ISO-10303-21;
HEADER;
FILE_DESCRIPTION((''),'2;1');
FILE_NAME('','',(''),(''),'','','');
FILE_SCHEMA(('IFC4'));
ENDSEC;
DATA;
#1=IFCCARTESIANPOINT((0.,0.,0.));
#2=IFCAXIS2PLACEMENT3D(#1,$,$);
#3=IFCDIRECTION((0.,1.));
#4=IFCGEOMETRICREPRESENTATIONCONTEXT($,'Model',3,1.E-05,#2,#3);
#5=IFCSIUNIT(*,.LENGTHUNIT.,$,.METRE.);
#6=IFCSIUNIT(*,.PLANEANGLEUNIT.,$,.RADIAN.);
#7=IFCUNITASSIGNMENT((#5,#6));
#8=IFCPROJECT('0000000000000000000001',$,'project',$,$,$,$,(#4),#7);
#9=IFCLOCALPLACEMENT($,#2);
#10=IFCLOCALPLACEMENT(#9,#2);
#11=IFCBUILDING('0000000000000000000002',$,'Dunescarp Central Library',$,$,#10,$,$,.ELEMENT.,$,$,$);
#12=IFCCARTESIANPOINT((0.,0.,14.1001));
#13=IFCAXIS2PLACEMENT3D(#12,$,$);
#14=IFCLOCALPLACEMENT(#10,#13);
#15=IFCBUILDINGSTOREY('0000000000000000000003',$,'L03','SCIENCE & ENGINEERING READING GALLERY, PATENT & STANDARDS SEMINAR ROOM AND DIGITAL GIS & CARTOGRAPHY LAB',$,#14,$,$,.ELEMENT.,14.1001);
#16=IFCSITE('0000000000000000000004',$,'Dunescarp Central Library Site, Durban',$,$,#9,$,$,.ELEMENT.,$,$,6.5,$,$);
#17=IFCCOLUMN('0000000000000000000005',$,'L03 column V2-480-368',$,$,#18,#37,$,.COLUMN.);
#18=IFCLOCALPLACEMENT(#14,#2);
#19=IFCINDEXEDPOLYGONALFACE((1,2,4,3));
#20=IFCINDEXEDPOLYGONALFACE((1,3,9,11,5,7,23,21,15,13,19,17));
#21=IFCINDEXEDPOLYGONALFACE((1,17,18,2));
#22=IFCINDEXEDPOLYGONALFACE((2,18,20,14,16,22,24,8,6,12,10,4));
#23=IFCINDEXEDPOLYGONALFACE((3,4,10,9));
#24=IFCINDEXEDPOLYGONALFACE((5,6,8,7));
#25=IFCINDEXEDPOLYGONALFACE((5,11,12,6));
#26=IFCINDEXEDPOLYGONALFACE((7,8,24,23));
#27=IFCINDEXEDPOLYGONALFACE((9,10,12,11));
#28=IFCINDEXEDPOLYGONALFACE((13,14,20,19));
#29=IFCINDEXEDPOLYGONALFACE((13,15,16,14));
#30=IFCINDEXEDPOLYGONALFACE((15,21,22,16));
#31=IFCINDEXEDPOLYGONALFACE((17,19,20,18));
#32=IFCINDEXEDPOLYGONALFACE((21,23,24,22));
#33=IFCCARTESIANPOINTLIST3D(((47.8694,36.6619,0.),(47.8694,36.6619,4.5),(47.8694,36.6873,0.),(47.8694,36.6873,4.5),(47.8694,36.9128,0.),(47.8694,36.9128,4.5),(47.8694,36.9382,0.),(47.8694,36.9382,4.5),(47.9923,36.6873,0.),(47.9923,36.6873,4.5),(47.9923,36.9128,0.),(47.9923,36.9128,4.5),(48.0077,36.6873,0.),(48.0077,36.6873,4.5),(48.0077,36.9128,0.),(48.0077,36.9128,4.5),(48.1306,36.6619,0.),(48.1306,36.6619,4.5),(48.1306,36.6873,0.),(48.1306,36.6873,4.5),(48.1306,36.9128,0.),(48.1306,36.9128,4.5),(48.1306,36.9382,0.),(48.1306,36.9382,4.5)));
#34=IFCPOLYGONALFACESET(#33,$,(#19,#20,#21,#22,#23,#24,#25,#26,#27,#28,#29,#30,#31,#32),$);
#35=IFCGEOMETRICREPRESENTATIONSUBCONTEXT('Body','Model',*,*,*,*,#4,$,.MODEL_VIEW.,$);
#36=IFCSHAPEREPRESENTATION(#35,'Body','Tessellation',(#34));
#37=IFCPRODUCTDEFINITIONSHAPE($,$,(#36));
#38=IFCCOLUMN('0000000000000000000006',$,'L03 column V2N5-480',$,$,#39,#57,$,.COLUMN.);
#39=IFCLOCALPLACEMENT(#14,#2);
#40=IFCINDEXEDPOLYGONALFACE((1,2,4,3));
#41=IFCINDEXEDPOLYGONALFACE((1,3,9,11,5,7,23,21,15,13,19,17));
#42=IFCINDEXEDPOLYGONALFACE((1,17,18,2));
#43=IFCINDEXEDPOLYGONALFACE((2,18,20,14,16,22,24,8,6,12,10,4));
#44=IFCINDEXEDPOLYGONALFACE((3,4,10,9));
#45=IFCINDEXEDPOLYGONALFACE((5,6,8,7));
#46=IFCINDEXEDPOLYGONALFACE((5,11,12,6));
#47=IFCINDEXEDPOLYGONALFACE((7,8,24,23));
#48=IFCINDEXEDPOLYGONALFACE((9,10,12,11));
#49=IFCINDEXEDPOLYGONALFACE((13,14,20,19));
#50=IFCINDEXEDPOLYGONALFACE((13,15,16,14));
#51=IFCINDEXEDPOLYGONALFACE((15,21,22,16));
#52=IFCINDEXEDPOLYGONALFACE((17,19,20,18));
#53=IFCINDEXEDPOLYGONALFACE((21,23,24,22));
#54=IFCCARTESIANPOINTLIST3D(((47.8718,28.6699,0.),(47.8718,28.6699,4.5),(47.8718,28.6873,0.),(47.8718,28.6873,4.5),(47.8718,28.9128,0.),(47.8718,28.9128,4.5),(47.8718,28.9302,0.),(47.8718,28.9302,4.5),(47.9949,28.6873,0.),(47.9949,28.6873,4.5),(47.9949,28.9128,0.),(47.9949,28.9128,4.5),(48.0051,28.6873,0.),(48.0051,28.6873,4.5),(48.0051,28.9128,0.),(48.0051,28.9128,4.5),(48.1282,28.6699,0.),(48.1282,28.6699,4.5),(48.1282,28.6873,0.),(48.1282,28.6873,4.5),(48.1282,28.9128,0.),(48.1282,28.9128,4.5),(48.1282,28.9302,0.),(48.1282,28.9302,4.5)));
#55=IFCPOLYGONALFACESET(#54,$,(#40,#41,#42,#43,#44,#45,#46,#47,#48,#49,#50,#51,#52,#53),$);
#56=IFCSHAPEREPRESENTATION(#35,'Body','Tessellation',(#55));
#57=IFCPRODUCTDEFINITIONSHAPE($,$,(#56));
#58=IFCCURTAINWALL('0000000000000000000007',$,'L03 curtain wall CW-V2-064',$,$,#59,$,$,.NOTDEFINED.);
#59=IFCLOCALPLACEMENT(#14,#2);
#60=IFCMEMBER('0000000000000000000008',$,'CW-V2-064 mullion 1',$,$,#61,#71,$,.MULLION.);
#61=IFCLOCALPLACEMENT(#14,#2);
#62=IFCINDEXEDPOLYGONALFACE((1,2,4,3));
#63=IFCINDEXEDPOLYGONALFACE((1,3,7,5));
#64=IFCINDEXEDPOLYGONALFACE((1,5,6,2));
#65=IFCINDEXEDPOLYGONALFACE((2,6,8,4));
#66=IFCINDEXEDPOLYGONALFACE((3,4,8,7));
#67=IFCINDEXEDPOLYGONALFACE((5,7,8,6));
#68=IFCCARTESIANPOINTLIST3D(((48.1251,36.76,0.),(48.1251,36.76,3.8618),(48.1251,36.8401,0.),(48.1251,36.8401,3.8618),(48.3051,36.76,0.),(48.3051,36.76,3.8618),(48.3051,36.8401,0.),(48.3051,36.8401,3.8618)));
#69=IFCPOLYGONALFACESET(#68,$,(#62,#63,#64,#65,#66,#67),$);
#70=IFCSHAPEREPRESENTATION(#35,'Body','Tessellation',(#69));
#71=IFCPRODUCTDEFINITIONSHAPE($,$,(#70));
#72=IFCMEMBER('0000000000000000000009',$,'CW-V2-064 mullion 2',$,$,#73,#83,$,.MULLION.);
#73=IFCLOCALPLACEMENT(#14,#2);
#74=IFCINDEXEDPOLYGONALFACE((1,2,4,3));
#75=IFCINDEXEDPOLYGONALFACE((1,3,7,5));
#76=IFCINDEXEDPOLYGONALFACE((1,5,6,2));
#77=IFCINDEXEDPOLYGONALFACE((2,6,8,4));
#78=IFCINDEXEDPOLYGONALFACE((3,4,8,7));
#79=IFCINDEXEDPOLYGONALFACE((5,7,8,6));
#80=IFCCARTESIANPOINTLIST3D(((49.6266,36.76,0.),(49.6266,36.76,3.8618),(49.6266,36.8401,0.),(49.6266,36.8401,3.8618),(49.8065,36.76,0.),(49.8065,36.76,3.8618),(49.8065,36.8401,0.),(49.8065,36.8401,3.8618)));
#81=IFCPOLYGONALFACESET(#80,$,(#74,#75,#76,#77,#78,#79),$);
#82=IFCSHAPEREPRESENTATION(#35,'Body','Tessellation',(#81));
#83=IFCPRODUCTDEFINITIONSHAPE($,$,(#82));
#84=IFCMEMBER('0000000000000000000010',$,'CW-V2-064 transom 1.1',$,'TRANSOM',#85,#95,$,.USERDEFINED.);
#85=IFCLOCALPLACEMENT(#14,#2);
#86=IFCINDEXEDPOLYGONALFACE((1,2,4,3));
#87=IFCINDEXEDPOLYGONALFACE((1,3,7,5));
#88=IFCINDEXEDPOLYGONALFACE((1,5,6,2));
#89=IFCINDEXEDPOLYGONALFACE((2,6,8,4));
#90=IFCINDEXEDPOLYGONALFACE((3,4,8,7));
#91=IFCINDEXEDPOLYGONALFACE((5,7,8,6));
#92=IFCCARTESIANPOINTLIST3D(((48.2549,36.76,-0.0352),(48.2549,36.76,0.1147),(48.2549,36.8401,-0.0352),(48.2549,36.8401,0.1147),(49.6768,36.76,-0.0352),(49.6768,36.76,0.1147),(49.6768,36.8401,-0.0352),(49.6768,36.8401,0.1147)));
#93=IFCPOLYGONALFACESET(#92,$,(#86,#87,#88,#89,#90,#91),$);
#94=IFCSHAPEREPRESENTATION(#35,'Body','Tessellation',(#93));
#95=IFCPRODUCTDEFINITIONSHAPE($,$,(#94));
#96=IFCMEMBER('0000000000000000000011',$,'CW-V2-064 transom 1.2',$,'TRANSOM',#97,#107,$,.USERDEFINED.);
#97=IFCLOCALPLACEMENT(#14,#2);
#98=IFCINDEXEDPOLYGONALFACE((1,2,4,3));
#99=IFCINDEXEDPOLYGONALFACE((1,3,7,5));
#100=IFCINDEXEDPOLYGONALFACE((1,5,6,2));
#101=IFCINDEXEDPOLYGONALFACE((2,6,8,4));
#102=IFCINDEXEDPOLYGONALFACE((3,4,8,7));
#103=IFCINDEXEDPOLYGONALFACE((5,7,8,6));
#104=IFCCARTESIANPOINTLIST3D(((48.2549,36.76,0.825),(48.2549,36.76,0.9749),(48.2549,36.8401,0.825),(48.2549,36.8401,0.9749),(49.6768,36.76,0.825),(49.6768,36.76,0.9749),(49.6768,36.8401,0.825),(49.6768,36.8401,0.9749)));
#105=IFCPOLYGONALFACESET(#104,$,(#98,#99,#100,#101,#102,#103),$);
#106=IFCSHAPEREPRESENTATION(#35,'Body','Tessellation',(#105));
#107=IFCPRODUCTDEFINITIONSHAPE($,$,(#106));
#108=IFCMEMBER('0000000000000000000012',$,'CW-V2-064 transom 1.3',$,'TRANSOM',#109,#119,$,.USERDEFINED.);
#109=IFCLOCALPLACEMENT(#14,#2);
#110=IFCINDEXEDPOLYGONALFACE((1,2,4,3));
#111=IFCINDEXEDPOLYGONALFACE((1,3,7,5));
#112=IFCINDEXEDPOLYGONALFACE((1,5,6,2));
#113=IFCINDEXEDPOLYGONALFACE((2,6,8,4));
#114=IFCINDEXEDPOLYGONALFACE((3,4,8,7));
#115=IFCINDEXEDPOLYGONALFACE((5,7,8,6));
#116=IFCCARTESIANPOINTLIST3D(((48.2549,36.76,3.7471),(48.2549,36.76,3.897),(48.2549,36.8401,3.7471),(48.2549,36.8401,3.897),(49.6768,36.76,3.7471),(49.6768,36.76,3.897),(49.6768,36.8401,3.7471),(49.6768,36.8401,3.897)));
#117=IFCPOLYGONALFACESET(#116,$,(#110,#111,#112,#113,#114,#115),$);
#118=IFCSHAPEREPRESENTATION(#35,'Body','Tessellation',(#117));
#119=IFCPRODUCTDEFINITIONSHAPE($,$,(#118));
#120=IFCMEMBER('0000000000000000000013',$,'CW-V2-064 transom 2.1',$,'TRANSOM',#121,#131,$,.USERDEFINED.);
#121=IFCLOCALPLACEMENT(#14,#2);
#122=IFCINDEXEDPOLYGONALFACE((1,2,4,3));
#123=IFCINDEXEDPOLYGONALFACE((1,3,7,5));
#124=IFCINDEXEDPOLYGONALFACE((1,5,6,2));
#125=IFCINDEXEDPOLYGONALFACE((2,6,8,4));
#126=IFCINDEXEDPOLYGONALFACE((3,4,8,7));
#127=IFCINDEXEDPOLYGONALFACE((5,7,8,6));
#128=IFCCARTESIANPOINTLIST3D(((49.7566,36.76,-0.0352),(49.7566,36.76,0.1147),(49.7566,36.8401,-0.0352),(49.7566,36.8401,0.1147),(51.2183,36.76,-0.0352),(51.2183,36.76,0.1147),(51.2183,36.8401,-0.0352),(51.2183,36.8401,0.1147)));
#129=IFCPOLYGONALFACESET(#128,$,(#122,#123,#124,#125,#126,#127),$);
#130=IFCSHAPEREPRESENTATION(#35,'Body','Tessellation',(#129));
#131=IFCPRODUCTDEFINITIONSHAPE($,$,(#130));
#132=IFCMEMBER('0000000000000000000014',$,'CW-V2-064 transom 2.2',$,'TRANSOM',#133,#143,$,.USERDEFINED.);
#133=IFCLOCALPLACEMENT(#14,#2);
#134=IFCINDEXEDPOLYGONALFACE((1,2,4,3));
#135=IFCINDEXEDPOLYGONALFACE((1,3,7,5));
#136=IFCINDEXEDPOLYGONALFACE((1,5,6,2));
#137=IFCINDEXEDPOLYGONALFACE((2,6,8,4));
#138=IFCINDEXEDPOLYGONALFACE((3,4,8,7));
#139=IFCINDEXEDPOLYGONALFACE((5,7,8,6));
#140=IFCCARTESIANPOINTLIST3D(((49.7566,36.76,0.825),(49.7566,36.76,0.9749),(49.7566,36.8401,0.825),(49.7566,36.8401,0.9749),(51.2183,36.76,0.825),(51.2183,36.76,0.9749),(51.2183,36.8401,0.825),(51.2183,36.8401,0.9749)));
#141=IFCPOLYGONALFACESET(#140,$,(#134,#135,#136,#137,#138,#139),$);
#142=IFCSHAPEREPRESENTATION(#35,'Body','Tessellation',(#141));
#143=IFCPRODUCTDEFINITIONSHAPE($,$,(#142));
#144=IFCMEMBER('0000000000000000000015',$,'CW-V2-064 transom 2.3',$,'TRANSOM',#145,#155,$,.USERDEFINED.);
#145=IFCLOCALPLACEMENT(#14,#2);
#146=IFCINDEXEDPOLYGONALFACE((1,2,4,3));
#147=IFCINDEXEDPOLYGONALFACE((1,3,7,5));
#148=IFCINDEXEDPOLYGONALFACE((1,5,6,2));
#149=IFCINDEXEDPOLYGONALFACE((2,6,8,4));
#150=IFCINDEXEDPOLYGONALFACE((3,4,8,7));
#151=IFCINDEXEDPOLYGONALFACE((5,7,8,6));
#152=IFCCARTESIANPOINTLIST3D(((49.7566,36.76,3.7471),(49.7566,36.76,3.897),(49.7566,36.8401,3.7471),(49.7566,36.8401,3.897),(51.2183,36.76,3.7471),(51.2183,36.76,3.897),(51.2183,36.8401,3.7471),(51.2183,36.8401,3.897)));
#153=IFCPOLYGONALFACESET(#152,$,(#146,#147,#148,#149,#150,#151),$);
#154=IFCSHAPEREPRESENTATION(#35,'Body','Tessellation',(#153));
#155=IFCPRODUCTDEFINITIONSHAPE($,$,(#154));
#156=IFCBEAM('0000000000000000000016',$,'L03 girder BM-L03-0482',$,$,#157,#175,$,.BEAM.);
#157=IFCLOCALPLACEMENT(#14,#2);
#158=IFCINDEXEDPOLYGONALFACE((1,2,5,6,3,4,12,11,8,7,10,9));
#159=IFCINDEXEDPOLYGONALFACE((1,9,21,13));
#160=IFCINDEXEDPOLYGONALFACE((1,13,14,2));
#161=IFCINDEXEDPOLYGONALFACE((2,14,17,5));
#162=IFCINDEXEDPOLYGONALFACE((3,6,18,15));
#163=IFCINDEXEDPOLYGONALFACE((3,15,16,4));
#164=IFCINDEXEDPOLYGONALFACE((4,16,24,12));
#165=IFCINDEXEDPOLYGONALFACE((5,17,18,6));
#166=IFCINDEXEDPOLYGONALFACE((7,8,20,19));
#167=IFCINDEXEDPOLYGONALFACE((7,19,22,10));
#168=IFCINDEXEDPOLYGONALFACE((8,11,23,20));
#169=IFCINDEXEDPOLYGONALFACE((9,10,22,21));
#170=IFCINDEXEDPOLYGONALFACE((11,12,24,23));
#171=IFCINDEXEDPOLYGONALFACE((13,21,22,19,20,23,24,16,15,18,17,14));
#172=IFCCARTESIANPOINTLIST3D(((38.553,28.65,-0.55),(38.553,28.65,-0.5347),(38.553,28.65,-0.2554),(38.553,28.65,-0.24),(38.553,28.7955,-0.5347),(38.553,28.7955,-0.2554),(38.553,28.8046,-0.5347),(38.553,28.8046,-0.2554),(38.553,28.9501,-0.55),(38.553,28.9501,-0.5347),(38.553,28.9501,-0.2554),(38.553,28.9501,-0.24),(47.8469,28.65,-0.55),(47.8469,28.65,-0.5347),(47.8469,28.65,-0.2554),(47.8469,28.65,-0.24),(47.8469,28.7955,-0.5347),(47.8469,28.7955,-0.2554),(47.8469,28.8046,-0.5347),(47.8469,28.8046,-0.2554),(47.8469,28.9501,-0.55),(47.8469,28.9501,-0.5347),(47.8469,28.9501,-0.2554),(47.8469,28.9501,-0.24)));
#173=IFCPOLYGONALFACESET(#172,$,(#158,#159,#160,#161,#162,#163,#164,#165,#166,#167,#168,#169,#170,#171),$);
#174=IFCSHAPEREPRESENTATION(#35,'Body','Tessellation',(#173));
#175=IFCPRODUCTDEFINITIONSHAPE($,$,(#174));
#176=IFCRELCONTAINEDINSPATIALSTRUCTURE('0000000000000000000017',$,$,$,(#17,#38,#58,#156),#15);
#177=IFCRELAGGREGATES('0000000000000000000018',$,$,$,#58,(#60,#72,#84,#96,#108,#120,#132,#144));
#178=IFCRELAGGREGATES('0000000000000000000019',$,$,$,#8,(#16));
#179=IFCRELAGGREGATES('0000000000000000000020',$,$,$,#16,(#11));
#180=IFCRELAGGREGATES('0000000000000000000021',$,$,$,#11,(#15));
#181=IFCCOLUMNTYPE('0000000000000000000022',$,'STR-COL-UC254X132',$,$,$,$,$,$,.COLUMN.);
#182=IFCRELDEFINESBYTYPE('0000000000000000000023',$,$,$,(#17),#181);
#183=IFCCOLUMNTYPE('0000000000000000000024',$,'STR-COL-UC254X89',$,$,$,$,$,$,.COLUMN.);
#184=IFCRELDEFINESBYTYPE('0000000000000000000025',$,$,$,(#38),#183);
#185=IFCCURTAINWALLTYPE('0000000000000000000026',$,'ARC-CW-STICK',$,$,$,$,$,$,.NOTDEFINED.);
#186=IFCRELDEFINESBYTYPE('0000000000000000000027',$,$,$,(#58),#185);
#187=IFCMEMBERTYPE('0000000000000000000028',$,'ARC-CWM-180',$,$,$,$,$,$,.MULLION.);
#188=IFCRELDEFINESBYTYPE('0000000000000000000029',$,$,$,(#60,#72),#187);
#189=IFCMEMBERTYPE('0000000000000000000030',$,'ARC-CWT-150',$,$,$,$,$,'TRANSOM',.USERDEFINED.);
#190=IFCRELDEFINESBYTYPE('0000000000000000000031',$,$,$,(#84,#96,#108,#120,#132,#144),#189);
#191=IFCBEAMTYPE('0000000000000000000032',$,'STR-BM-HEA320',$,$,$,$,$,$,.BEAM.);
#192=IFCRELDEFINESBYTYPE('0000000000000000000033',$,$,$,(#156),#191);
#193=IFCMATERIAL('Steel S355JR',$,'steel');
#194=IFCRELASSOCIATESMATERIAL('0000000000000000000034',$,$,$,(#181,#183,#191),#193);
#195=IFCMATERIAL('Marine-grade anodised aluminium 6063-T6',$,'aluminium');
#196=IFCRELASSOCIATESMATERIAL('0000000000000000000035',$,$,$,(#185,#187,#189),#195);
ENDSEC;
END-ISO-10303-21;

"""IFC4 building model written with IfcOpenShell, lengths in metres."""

from ifc_helpers import new_model, si_unit, direction, frame, origin, origin_2d, place, context, subcontext, project, spatial, rectangle, i_section, extrude, material, material_profile, profile_set, type_object, element, aggregate, save


model = new_model("IFC4")

# Units and contexts
model_context = context("Model", 3, precision=1e-05, world=origin(), true_north=direction((0.0, 1.0)))
body_context = subcontext(model_context, "Body", "Model", "MODEL_VIEW")
ifc_project = project(units=[si_unit("LENGTHUNIT", "METRE"), si_unit("PLANEANGLEUNIT", "RADIAN")], contexts=[model_context])

# Site, building, storey
site_placement = place(None, origin())
site = spatial("IfcSite", under=ifc_project, at=site_placement, Name="Dunescarp Central Library Site, Durban", CompositionType="ELEMENT", RefElevation=6.5)
building_placement = place(site_placement, origin())
building = spatial("IfcBuilding", under=site, at=building_placement, Name="Dunescarp Central Library", CompositionType="ELEMENT")
storey_placement = place(building_placement, frame((0.0, 0.0, 14.1001)))
storey = spatial("IfcBuildingStorey", under=building, at=storey_placement, Name="L03", Description="SCIENCE & ENGINEERING READING GALLERY, PATENT & STANDARDS SEMINAR ROOM AND DIGITAL GIS & CARTOGRAPHY LAB", CompositionType="ELEMENT", Elevation=14.1001)

# Columns
ifc_material_1 = material(Name="Steel S355JR", Category="steel")
ifc_material_profile_1 = material_profile(ifc_material_1, i_section(OverallWidth=0.2612, OverallDepth=0.2764, WebThickness=0.0154, FlangeThickness=0.0254, at=origin_2d()), Name="UC 254x254x132")
ifc_profile_set_1 = profile_set([ifc_material_profile_1], Name="Steel S355JR")
column_type_1 = type_object("IfcColumnType", Name="STR-COL-UC254X132", PredefinedType="COLUMN", material=ifc_profile_set_1)
column_1_placement = place(storey_placement, frame((48.0, 36.8, 0.0), z_axis=(0.0, 0.0, 1.0), x_axis=(1.0, 0.0, 0.0)))
element("IfcColumn", 1, at=column_1_placement, inside=storey, type_object=column_type_1, Name="L03 column V2-480-368", PredefinedType="COLUMN", context=body_context, shape_type="SweptSolid", body=[
    extrude(i_section(OverallWidth=0.2612, OverallDepth=0.2764, WebThickness=0.0154, FlangeThickness=0.0254, at=origin_2d()), origin(), (0.0, 0.0, 1.0), 4.5),
])
ifc_material_profile_2 = material_profile(ifc_material_1, i_section(OverallWidth=0.2563, OverallDepth=0.2603, WebThickness=0.0103, FlangeThickness=0.0173, at=origin_2d()), Name="UC 254x254x89")
ifc_profile_set_2 = profile_set([ifc_material_profile_2], Name="Steel S355JR")
column_type_2 = type_object("IfcColumnType", Name="STR-COL-UC254X89", PredefinedType="COLUMN", material=ifc_profile_set_2)
column_2_placement = place(storey_placement, frame((48.0, 28.8, 0.0), z_axis=(0.0, 0.0, 1.0), x_axis=(1.0, 0.0, 0.0)))
element("IfcColumn", 2, at=column_2_placement, inside=storey, type_object=column_type_2, Name="L03 column V2N5-480", PredefinedType="COLUMN", context=body_context, shape_type="SweptSolid", body=[
    extrude(i_section(OverallWidth=0.2563, OverallDepth=0.2603, WebThickness=0.0103, FlangeThickness=0.0173, at=origin_2d()), origin(), (0.0, 0.0, 1.0), 4.5),
])

# Curtain wall, members
ifc_material_2 = material(Name="Marine-grade anodised aluminium 6063-T6", Category="aluminium")
curtain_wall_type = type_object("IfcCurtainWallType", Name="ARC-CW-STICK", PredefinedType="NOTDEFINED", material=ifc_material_2)
curtain_wall_placement = place(storey_placement, origin())
curtain_wall = element("IfcCurtainWall", 3, at=curtain_wall_placement, inside=storey, type_object=curtain_wall_type, Name="L03 curtain wall CW-V2-064", PredefinedType="NOTDEFINED")
ifc_material_profile_3 = material_profile(ifc_material_2, rectangle(XDim=0.0801, YDim=0.1799, at=origin_2d()), Name="AL 80x180")
ifc_profile_set_3 = profile_set([ifc_material_profile_3], Name="Marine-grade anodised aluminium 6063-T6")
member_type_1 = type_object("IfcMemberType", Name="ARC-CWM-180", PredefinedType="MULLION", material=ifc_profile_set_3)
member_1_placement = place(storey_placement, frame((48.2151, 36.8, 0.0), z_axis=(0.0, 0.0, 1.0), x_axis=(0.0, 1.0, 0.0)))
member_1 = element("IfcMember", 4, at=member_1_placement, type_object=member_type_1, Name="CW-V2-064 mullion 1", PredefinedType="MULLION", context=body_context, shape_type="SweptSolid", body=[
    extrude(rectangle(XDim=0.0801, YDim=0.1799, at=origin_2d()), origin(), (0.0, 0.0, 1.0), 3.8618),
])
member_2_placement = place(storey_placement, frame((49.7166, 36.8, 0.0), z_axis=(0.0, 0.0, 1.0), x_axis=(0.0, 1.0, 0.0)))
member_2 = element("IfcMember", 5, at=member_2_placement, type_object=member_type_1, Name="CW-V2-064 mullion 2", PredefinedType="MULLION", context=body_context, shape_type="SweptSolid", body=[
    extrude(rectangle(XDim=0.0801, YDim=0.1799, at=origin_2d()), origin(), (0.0, 0.0, 1.0), 3.8618),
])
ifc_material_profile_4 = material_profile(ifc_material_2, rectangle(XDim=0.0801, YDim=0.1499, at=origin_2d()), Name="AL 80x150")
ifc_profile_set_4 = profile_set([ifc_material_profile_4], Name="Marine-grade anodised aluminium 6063-T6")
member_type_2 = type_object("IfcMemberType", Name="ARC-CWT-150", ElementType="TRANSOM", PredefinedType="USERDEFINED", material=ifc_profile_set_4)
member_3_placement = place(storey_placement, frame((48.2549, 36.8, 0.0398), z_axis=(1.0, 0.0, 0.0), x_axis=(0.0, 1.0, 0.0)))
member_3 = element("IfcMember", 6, at=member_3_placement, type_object=member_type_2, Name="CW-V2-064 transom 1.1", ObjectType="TRANSOM", PredefinedType="USERDEFINED", context=body_context, shape_type="SweptSolid", body=[
    extrude(rectangle(XDim=0.0801, YDim=0.1499, at=origin_2d()), origin(), (0.0, 0.0, 1.0), 1.4219),
])
member_4_placement = place(storey_placement, frame((48.2549, 36.8, 0.8999), z_axis=(1.0, 0.0, 0.0), x_axis=(0.0, 1.0, 0.0)))
member_4 = element("IfcMember", 7, at=member_4_placement, type_object=member_type_2, Name="CW-V2-064 transom 1.2", ObjectType="TRANSOM", PredefinedType="USERDEFINED", context=body_context, shape_type="SweptSolid", body=[
    extrude(rectangle(XDim=0.0801, YDim=0.1499, at=origin_2d()), origin(), (0.0, 0.0, 1.0), 1.4219),
])
member_5_placement = place(storey_placement, frame((48.2549, 36.8, 3.822), z_axis=(1.0, 0.0, 0.0), x_axis=(0.0, 1.0, 0.0)))
member_5 = element("IfcMember", 8, at=member_5_placement, type_object=member_type_2, Name="CW-V2-064 transom 1.3", ObjectType="TRANSOM", PredefinedType="USERDEFINED", context=body_context, shape_type="SweptSolid", body=[
    extrude(rectangle(XDim=0.0801, YDim=0.1499, at=origin_2d()), origin(), (0.0, 0.0, 1.0), 1.4219),
])
member_6_placement = place(storey_placement, frame((49.7566, 36.8, 0.0398), z_axis=(1.0, 0.0, 0.0), x_axis=(0.0, 1.0, 0.0)))
member_6 = element("IfcMember", 9, at=member_6_placement, type_object=member_type_2, Name="CW-V2-064 transom 2.1", ObjectType="TRANSOM", PredefinedType="USERDEFINED", context=body_context, shape_type="SweptSolid", body=[
    extrude(rectangle(XDim=0.0801, YDim=0.1499, at=origin_2d()), origin(), (0.0, 0.0, 1.0), 1.4617),
])
member_7_placement = place(storey_placement, frame((49.7566, 36.8, 0.8999), z_axis=(1.0, 0.0, 0.0), x_axis=(0.0, 1.0, 0.0)))
member_7 = element("IfcMember", 10, at=member_7_placement, type_object=member_type_2, Name="CW-V2-064 transom 2.2", ObjectType="TRANSOM", PredefinedType="USERDEFINED", context=body_context, shape_type="SweptSolid", body=[
    extrude(rectangle(XDim=0.0801, YDim=0.1499, at=origin_2d()), origin(), (0.0, 0.0, 1.0), 1.4617),
])
member_8_placement = place(storey_placement, frame((49.7566, 36.8, 3.822), z_axis=(1.0, 0.0, 0.0), x_axis=(0.0, 1.0, 0.0)))
member_8 = element("IfcMember", 11, at=member_8_placement, type_object=member_type_2, Name="CW-V2-064 transom 2.3", ObjectType="TRANSOM", PredefinedType="USERDEFINED", context=body_context, shape_type="SweptSolid", body=[
    extrude(rectangle(XDim=0.0801, YDim=0.1499, at=origin_2d()), origin(), (0.0, 0.0, 1.0), 1.4617),
])

# Beam
ifc_material_profile_5 = material_profile(ifc_material_1, i_section(OverallWidth=0.3, OverallDepth=0.3101, WebThickness=0.009, FlangeThickness=0.0154, at=origin_2d()), Name="HEA 320")
ifc_profile_set_5 = profile_set([ifc_material_profile_5], Name="Steel S355JR")
beam_type_1 = type_object("IfcBeamType", Name="STR-BM-HEA320", PredefinedType="BEAM", material=ifc_profile_set_5)
beam_1_placement = place(storey_placement, frame((38.553, 28.8, -0.395), z_axis=(1.0, 0.0, 0.0), x_axis=(0.0, 1.0, 0.0)))
element("IfcBeam", 12, at=beam_1_placement, inside=storey, type_object=beam_type_1, Name="L03 girder BM-L03-0482", PredefinedType="BEAM", context=body_context, shape_type="SweptSolid", body=[
    extrude(i_section(OverallWidth=0.3, OverallDepth=0.3101, WebThickness=0.009, FlangeThickness=0.0154, at=origin_2d()), origin(), (0.0, 0.0, 1.0), 9.2939),
])

aggregate(curtain_wall, [member_1, member_2, member_3, member_4, member_5, member_6, member_7, member_8])

save(model, "model.ifc")
